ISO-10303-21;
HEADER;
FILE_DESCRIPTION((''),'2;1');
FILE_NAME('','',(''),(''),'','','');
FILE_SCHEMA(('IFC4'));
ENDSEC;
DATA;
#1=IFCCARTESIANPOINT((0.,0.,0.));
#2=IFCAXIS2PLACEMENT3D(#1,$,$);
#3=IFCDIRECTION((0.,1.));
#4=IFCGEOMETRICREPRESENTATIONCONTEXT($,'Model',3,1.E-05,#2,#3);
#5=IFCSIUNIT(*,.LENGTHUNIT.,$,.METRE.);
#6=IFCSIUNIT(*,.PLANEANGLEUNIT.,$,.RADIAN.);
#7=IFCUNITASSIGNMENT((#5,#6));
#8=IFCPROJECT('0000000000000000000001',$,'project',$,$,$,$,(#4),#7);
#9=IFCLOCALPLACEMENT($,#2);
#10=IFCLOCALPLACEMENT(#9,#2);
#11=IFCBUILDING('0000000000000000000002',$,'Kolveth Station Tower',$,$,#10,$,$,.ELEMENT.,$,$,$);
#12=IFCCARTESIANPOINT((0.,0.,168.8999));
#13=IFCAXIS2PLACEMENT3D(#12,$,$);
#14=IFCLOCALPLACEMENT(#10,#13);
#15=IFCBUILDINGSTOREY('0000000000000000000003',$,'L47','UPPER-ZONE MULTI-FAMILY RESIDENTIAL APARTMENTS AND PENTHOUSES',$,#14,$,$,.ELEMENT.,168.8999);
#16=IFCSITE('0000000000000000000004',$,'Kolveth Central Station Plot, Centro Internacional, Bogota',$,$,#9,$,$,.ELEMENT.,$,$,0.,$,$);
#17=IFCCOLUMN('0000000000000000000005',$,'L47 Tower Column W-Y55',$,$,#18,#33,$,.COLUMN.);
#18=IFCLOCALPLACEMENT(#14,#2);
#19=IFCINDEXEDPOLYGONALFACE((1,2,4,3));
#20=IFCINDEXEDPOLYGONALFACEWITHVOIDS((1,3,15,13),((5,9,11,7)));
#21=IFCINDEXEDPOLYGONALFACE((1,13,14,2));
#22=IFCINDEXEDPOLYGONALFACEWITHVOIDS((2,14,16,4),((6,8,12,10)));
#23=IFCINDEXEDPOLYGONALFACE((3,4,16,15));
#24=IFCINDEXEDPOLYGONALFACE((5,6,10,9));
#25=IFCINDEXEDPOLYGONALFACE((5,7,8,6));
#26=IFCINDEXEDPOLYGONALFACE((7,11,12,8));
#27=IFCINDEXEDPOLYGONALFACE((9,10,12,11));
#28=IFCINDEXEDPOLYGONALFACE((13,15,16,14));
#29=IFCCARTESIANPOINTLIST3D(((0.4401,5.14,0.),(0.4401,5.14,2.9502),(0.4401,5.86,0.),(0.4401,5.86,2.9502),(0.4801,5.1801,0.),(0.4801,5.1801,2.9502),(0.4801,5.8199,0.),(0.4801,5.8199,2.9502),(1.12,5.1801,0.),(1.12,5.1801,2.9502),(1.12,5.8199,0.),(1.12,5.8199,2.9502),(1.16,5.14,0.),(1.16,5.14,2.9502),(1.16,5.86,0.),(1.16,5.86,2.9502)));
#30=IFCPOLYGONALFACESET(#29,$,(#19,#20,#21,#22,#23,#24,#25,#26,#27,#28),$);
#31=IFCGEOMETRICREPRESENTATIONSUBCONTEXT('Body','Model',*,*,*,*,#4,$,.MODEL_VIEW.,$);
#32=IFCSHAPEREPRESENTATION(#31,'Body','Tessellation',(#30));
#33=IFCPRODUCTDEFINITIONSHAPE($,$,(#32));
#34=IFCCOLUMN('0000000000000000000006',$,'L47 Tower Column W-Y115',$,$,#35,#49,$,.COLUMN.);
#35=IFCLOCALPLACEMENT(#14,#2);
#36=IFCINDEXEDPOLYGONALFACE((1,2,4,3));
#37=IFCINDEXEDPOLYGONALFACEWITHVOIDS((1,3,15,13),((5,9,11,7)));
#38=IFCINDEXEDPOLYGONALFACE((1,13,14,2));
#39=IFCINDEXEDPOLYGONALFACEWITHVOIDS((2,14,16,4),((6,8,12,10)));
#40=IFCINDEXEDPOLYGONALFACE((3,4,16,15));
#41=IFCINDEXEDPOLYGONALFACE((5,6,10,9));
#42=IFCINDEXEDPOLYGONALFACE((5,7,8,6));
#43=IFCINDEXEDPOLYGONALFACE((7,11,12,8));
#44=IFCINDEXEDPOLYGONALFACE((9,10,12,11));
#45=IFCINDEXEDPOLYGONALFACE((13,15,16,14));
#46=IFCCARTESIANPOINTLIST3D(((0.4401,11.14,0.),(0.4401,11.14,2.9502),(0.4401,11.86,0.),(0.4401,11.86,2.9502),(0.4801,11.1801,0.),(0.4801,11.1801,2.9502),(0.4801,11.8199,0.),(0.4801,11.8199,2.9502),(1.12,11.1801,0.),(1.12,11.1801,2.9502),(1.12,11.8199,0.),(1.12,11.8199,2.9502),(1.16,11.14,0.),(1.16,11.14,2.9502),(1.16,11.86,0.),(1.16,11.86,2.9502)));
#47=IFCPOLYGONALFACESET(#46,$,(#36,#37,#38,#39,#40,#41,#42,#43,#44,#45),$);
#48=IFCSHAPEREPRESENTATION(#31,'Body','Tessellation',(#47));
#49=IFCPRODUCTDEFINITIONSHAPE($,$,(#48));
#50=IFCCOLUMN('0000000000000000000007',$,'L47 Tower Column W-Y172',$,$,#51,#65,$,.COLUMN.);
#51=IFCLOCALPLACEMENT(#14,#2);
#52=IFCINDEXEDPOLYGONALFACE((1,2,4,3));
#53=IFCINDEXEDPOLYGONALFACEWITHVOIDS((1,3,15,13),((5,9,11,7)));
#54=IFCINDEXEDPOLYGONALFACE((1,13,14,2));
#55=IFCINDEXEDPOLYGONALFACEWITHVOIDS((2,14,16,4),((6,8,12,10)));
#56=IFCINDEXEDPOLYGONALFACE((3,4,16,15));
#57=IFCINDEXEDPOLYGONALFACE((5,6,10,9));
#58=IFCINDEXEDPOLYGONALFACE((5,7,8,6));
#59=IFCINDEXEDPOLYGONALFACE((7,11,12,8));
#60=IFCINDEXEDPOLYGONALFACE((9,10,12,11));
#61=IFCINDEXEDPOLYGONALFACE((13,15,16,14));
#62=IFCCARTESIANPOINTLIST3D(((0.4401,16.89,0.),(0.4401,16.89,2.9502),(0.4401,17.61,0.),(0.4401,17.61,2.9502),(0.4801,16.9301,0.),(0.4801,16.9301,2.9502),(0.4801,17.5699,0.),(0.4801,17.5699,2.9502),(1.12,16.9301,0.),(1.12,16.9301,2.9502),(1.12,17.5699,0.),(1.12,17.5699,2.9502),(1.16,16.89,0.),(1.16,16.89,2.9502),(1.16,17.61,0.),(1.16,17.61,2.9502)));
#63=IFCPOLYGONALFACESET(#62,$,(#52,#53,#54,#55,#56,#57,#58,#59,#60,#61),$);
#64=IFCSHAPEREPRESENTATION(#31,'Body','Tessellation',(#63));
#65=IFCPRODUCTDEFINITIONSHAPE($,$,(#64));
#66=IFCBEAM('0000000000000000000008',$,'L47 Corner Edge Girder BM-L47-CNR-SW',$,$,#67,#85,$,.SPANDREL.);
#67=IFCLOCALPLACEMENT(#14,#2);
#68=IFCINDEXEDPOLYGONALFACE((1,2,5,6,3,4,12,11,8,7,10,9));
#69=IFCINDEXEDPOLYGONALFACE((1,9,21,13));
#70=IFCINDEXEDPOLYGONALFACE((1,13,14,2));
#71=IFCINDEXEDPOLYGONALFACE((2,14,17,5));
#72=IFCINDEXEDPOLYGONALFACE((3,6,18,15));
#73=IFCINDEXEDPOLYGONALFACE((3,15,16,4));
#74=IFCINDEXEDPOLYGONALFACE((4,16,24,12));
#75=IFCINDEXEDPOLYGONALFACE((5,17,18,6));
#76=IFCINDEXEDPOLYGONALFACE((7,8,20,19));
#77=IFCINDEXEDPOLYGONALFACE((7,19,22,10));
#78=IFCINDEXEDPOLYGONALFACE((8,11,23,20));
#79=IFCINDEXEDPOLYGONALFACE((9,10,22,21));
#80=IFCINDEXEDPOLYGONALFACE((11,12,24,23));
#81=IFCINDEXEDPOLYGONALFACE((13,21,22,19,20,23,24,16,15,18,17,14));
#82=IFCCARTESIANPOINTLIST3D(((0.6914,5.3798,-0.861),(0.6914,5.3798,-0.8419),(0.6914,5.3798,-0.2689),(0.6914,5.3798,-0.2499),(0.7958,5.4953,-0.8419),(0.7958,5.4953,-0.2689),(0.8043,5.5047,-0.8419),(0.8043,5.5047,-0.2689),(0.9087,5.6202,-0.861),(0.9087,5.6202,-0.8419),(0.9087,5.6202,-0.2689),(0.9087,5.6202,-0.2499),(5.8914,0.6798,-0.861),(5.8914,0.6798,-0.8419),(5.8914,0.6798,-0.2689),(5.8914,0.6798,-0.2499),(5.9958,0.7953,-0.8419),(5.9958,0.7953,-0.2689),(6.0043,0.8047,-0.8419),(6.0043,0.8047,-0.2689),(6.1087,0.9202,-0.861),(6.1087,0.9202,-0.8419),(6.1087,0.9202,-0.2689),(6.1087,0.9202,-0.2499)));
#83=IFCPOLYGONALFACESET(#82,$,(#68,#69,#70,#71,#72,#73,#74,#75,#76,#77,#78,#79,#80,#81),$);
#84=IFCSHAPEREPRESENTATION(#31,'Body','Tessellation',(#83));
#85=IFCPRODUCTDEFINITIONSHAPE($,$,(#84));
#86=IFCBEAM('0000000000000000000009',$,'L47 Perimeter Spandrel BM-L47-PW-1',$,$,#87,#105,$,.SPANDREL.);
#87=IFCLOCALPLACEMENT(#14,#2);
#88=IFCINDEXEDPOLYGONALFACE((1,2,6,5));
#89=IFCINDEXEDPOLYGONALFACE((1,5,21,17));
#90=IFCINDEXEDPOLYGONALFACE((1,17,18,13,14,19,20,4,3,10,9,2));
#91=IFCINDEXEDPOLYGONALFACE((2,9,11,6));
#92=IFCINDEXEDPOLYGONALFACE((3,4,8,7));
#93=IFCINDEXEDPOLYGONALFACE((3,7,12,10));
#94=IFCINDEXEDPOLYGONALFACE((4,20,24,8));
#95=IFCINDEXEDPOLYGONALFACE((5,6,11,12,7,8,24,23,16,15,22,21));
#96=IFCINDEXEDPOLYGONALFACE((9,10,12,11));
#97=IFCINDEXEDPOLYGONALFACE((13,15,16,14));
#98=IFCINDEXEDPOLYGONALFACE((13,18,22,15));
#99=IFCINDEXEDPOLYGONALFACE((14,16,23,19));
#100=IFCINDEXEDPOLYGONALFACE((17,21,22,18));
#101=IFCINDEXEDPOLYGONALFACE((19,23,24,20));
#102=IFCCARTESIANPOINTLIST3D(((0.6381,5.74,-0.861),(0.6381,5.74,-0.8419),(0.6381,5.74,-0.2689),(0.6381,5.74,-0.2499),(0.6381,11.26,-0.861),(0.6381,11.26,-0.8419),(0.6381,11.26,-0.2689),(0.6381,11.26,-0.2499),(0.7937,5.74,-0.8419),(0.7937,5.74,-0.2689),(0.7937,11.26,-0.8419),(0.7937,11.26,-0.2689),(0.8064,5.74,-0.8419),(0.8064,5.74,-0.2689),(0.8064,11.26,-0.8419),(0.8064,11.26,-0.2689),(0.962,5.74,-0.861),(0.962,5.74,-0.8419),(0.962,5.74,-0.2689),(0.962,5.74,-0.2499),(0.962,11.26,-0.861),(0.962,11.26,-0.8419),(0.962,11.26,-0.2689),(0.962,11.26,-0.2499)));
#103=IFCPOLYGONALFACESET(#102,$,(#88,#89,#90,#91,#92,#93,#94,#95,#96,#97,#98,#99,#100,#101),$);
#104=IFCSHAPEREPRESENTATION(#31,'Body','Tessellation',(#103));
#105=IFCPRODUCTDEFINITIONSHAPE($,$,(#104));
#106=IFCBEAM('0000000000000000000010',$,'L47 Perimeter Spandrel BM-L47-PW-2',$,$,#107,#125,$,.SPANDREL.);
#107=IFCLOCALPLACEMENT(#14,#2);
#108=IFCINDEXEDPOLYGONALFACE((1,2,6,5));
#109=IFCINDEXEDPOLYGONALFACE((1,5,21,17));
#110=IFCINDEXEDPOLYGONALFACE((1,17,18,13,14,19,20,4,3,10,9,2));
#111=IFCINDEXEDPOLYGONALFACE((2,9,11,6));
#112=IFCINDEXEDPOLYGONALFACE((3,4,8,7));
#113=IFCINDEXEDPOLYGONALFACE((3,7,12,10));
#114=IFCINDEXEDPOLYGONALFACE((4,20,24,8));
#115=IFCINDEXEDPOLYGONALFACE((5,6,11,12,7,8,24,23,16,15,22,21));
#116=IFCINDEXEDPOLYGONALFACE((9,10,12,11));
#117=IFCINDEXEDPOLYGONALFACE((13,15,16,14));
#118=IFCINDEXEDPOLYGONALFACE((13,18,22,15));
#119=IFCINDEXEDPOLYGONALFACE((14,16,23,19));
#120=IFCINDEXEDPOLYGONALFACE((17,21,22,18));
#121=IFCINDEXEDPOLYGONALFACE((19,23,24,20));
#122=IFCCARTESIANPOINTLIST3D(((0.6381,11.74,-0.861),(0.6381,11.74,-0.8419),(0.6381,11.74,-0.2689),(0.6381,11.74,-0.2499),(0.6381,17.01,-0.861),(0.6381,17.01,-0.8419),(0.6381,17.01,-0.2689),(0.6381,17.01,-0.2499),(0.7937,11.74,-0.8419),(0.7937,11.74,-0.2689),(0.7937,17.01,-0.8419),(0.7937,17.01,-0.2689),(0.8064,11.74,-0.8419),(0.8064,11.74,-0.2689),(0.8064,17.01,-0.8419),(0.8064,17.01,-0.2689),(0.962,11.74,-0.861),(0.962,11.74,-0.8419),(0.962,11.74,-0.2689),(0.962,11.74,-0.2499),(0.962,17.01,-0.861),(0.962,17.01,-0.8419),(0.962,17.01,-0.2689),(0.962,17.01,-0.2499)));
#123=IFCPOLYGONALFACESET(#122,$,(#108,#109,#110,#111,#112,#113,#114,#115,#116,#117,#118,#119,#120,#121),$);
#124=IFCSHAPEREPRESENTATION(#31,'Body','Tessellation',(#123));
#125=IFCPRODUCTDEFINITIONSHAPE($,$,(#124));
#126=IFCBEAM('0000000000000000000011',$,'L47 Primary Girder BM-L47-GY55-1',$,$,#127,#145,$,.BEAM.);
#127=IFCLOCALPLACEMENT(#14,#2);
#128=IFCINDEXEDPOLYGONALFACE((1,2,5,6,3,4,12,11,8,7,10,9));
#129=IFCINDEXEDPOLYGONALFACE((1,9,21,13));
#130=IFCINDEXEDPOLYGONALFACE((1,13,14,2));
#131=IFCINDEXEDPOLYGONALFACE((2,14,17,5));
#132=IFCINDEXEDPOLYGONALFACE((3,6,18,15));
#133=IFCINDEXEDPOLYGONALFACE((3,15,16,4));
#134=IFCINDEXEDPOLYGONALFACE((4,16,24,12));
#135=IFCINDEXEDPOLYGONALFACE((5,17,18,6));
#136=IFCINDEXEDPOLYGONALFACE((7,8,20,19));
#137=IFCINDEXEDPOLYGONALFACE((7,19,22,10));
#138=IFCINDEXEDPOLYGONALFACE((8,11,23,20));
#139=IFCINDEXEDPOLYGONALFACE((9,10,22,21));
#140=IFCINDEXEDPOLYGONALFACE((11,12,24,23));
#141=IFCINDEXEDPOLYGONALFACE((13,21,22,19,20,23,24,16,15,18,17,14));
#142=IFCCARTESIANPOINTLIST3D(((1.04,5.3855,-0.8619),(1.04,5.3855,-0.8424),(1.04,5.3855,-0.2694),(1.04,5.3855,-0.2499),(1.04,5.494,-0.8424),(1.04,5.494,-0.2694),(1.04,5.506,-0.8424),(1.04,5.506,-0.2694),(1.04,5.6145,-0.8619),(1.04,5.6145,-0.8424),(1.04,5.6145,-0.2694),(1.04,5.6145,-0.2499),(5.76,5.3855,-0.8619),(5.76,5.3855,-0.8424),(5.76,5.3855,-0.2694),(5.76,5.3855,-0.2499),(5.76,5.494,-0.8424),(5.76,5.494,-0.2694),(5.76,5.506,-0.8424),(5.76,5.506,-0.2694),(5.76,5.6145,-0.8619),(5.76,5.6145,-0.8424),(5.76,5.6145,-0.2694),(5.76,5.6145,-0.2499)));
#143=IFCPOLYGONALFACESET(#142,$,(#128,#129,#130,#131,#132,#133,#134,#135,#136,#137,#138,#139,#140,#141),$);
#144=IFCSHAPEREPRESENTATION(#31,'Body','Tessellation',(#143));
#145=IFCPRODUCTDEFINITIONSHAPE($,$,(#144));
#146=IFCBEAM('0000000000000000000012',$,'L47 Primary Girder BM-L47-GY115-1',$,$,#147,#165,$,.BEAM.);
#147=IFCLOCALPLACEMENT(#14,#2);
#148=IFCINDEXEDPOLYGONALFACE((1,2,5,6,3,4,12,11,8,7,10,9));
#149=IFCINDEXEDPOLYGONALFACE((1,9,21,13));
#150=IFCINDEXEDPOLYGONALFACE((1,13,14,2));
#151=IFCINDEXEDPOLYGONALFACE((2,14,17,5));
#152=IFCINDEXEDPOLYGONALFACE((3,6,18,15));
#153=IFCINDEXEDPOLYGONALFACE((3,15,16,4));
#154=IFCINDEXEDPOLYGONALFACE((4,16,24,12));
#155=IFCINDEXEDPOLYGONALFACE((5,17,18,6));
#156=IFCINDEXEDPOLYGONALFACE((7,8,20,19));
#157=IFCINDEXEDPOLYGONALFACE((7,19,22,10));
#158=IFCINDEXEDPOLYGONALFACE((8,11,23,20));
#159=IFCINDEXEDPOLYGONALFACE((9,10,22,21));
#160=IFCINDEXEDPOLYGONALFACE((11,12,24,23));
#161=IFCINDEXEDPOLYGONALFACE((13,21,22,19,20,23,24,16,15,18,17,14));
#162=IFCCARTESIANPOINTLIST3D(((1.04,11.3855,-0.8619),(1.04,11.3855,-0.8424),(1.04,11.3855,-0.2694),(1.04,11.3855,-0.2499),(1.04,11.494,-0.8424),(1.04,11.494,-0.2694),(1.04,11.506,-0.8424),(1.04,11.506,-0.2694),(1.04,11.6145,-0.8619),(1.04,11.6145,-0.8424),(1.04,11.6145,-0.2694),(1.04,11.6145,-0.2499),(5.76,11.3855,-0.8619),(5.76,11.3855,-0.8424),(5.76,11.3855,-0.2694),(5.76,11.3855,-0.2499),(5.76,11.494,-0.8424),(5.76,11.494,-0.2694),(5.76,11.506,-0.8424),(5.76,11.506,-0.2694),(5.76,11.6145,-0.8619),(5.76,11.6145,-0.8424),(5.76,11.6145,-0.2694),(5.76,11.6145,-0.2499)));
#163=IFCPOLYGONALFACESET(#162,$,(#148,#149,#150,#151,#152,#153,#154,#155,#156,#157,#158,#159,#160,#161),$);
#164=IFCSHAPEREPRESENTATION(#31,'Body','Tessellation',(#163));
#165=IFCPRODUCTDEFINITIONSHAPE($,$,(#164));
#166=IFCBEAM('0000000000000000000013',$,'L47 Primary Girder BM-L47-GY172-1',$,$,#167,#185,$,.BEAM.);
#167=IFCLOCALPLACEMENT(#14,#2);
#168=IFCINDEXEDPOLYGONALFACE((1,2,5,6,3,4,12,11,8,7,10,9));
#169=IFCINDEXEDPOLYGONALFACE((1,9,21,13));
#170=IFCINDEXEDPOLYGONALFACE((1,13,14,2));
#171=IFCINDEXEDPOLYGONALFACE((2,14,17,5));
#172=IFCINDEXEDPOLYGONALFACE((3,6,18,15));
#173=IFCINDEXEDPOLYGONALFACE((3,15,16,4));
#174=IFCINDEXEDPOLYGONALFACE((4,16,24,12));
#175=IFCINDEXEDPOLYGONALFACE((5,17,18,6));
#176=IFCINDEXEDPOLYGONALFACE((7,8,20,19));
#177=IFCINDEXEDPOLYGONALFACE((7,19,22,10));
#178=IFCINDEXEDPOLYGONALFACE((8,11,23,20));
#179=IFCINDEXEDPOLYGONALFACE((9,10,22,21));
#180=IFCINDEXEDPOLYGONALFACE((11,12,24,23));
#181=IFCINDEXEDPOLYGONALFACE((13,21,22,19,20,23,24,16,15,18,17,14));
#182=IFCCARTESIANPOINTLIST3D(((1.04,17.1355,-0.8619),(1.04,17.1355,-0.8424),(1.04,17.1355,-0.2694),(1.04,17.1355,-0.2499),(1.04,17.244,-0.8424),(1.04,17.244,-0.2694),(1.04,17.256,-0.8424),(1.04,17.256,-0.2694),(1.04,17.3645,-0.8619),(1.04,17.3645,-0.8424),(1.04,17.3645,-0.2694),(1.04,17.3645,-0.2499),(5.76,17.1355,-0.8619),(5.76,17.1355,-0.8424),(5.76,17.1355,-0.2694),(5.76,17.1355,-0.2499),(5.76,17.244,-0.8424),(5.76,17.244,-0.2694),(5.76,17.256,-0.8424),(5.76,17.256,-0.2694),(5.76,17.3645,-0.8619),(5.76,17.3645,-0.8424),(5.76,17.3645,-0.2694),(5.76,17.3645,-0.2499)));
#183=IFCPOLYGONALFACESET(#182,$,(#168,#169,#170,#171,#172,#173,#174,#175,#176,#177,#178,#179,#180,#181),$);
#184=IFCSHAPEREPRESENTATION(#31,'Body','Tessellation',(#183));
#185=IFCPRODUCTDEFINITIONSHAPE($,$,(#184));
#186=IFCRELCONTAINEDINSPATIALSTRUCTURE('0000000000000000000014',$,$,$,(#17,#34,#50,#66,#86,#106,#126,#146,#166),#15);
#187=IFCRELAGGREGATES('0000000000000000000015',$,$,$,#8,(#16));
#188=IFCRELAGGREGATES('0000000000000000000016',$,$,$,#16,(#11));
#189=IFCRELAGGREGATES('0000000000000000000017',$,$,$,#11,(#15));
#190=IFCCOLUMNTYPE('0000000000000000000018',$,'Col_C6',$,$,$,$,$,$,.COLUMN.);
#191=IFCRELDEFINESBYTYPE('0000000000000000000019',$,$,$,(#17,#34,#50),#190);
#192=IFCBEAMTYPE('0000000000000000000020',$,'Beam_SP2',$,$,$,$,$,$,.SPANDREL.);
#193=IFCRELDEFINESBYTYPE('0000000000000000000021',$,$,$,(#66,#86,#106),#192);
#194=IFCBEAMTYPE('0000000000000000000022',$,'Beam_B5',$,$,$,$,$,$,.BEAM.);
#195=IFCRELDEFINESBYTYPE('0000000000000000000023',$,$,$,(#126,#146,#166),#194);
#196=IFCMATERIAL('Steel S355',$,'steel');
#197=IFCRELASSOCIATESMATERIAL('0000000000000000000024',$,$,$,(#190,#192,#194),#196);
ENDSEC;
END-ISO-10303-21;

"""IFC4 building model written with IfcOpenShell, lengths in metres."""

from ifc_helpers import new_model, si_unit, direction, frame, origin, origin_2d, place, context, subcontext, project, spatial, hollow_rectangle, i_section, extrude, source, transform, mapped, material, material_profile, profile_set, type_object, element, save


model = new_model("IFC4")

# Units and contexts
model_context = context("Model", 3, precision=1e-05, world=origin(), true_north=direction((0.0, 1.0)))
body_context = subcontext(model_context, "Body", "Model", "MODEL_VIEW")
ifc_project = project(units=[si_unit("LENGTHUNIT", "METRE"), si_unit("PLANEANGLEUNIT", "RADIAN")], contexts=[model_context])

# Site, building, storey
site_placement = place(None, origin())
site = spatial("IfcSite", under=ifc_project, at=site_placement, Name="Kolveth Central Station Plot, Centro Internacional, Bogota", CompositionType="ELEMENT", RefElevation=0.0)
building_placement = place(site_placement, origin())
building = spatial("IfcBuilding", under=site, at=building_placement, Name="Kolveth Station Tower", CompositionType="ELEMENT")
storey_placement = place(building_placement, frame((0.0, 0.0, 168.8999)))
storey = spatial("IfcBuildingStorey", under=building, at=storey_placement, Name="L47", Description="UPPER-ZONE MULTI-FAMILY RESIDENTIAL APARTMENTS AND PENTHOUSES", CompositionType="ELEMENT", Elevation=168.8999)

# Columns
ifc_material_1 = material(Name="Steel S355", Category="steel")
ifc_material_profile_1 = material_profile(ifc_material_1, hollow_rectangle(XDim=0.72, YDim=0.72, WallThickness=0.04, at=origin_2d()), Name="BOX720x720x40")
ifc_profile_set_1 = profile_set([ifc_material_profile_1], Name="Steel S355")
column_type = type_object("IfcColumnType", Name="Col_C6", PredefinedType="COLUMN", material=ifc_profile_set_1)
shared_shape_1 = source(origin(), body_context, "Body", "SweptSolid", [
    extrude(hollow_rectangle(XDim=0.72, YDim=0.72, WallThickness=0.04, at=origin_2d()), origin(), (0.0, 0.0, 1.0), 2.9502),
])
for number, where, z_axis, x_axis, name in (
    (1, (0.8, 5.5, 0.0), (0.0, 0.0, 1.0), (1.0, 0.0, 0.0), "L47 Tower Column W-Y55"),
    (2, (0.8, 11.5, 0.0), (0.0, 0.0, 1.0), (1.0, 0.0, 0.0), "L47 Tower Column W-Y115"),
    (3, (0.8, 17.25, 0.0), (0.0, 0.0, 1.0), (1.0, 0.0, 0.0), "L47 Tower Column W-Y172"),
):
    element("IfcColumn", number, at=place(storey_placement, frame(where, z_axis=z_axis, x_axis=x_axis)), inside=storey, type_object=column_type, Name=name, PredefinedType="COLUMN", context=body_context, shape_type="MappedRepresentation", body=[
        mapped(shared_shape_1, transform((0.0, 0.0, 0.0), x_axis=(1.0, 0.0, 0.0), y_axis=(0.0, 1.0, 0.0), z_axis=(0.0, 0.0, 1.0), scale=1.0)),
    ])

# Beams
ifc_material_profile_2 = material_profile(ifc_material_1, i_section(OverallWidth=0.324, OverallDepth=0.6111, WebThickness=0.0127, FlangeThickness=0.019, at=origin_2d()), Name="W610x155")
ifc_profile_set_2 = profile_set([ifc_material_profile_2], Name="Steel S355")
beam_type_1 = type_object("IfcBeamType", Name="Beam_SP2", PredefinedType="SPANDREL", material=ifc_profile_set_2)
shared_shape_2 = source(origin(), body_context, "Body", "SweptSolid", [
    extrude(i_section(OverallWidth=0.324, OverallDepth=0.6111, WebThickness=0.0127, FlangeThickness=0.019, at=origin_2d()), origin(), (0.0, 0.0, 1.0), 7.0093),
])
beam_1_placement = place(storey_placement, frame((0.8, 5.5, -0.5554), z_axis=(0.741874, -0.670539, 0.0), x_axis=(0.670539, 0.741874, 0.0)))
element("IfcBeam", 4, at=beam_1_placement, inside=storey, type_object=beam_type_1, Name="L47 Corner Edge Girder BM-L47-CNR-SW", PredefinedType="SPANDREL", context=body_context, shape_type="MappedRepresentation", body=[
    mapped(shared_shape_2, transform((0.0, 0.0, 0.0), x_axis=(1.0, 0.0, 0.0), y_axis=(0.0, 1.0, 0.0), z_axis=(0.0, 0.0, 1.0), scale=1.0)),
])
shared_shape_3 = source(origin(), body_context, "Body", "SweptSolid", [
    extrude(i_section(OverallWidth=0.324, OverallDepth=0.6111, WebThickness=0.0127, FlangeThickness=0.019, at=origin_2d()), origin(), (0.0, 0.0, 1.0), 5.52),
])
beam_2_placement = place(storey_placement, frame((0.8, 5.74, -0.5554), z_axis=(0.0, 1.0, 0.0), x_axis=(-1.0, 0.0, 0.0)))
element("IfcBeam", 5, at=beam_2_placement, inside=storey, type_object=beam_type_1, Name="L47 Perimeter Spandrel BM-L47-PW-1", PredefinedType="SPANDREL", context=body_context, shape_type="MappedRepresentation", body=[
    mapped(shared_shape_3, transform((0.0, 0.0, 0.0), x_axis=(1.0, 0.0, 0.0), y_axis=(0.0, 1.0, 0.0), z_axis=(0.0, 0.0, 1.0), scale=1.0)),
])
shared_shape_4 = source(origin(), body_context, "Body", "SweptSolid", [
    extrude(i_section(OverallWidth=0.324, OverallDepth=0.6111, WebThickness=0.0127, FlangeThickness=0.019, at=origin_2d()), origin(), (0.0, 0.0, 1.0), 5.27),
])
beam_3_placement = place(storey_placement, frame((0.8, 11.74, -0.5554), z_axis=(0.0, 1.0, 0.0), x_axis=(-1.0, 0.0, 0.0)))
element("IfcBeam", 6, at=beam_3_placement, inside=storey, type_object=beam_type_1, Name="L47 Perimeter Spandrel BM-L47-PW-2", PredefinedType="SPANDREL", context=body_context, shape_type="MappedRepresentation", body=[
    mapped(shared_shape_4, transform((0.0, 0.0, 0.0), x_axis=(1.0, 0.0, 0.0), y_axis=(0.0, 1.0, 0.0), z_axis=(0.0, 0.0, 1.0), scale=1.0)),
])
ifc_material_profile_3 = material_profile(ifc_material_1, i_section(OverallWidth=0.229, OverallDepth=0.6121, WebThickness=0.012, FlangeThickness=0.0195, at=origin_2d()), Name="W610x125")
ifc_profile_set_3 = profile_set([ifc_material_profile_3], Name="Steel S355")
beam_type_2 = type_object("IfcBeamType", Name="Beam_B5", PredefinedType="BEAM", material=ifc_profile_set_3)
shared_shape_5 = source(origin(), body_context, "Body", "SweptSolid", [
    extrude(i_section(OverallWidth=0.229, OverallDepth=0.6121, WebThickness=0.012, FlangeThickness=0.0195, at=origin_2d()), origin(), (0.0, 0.0, 1.0), 4.72),
])
for number, where, z_axis, x_axis, name in (
    (7, (1.04, 5.5, -0.5559), (1.0, 0.0, 0.0), (0.0, 1.0, 0.0), "L47 Primary Girder BM-L47-GY55-1"),
    (8, (1.04, 11.5, -0.5559), (1.0, 0.0, 0.0), (0.0, 1.0, 0.0), "L47 Primary Girder BM-L47-GY115-1"),
    (9, (1.04, 17.25, -0.5559), (1.0, 0.0, 0.0), (0.0, 1.0, 0.0), "L47 Primary Girder BM-L47-GY172-1"),
):
    element("IfcBeam", number, at=place(storey_placement, frame(where, z_axis=z_axis, x_axis=x_axis)), inside=storey, type_object=beam_type_2, Name=name, PredefinedType="BEAM", context=body_context, shape_type="MappedRepresentation", body=[
        mapped(shared_shape_5, transform((0.0, 0.0, 0.0), x_axis=(1.0, 0.0, 0.0), y_axis=(0.0, 1.0, 0.0), z_axis=(0.0, 0.0, 1.0), scale=1.0)),
    ])

save(model, "model.ifc")
